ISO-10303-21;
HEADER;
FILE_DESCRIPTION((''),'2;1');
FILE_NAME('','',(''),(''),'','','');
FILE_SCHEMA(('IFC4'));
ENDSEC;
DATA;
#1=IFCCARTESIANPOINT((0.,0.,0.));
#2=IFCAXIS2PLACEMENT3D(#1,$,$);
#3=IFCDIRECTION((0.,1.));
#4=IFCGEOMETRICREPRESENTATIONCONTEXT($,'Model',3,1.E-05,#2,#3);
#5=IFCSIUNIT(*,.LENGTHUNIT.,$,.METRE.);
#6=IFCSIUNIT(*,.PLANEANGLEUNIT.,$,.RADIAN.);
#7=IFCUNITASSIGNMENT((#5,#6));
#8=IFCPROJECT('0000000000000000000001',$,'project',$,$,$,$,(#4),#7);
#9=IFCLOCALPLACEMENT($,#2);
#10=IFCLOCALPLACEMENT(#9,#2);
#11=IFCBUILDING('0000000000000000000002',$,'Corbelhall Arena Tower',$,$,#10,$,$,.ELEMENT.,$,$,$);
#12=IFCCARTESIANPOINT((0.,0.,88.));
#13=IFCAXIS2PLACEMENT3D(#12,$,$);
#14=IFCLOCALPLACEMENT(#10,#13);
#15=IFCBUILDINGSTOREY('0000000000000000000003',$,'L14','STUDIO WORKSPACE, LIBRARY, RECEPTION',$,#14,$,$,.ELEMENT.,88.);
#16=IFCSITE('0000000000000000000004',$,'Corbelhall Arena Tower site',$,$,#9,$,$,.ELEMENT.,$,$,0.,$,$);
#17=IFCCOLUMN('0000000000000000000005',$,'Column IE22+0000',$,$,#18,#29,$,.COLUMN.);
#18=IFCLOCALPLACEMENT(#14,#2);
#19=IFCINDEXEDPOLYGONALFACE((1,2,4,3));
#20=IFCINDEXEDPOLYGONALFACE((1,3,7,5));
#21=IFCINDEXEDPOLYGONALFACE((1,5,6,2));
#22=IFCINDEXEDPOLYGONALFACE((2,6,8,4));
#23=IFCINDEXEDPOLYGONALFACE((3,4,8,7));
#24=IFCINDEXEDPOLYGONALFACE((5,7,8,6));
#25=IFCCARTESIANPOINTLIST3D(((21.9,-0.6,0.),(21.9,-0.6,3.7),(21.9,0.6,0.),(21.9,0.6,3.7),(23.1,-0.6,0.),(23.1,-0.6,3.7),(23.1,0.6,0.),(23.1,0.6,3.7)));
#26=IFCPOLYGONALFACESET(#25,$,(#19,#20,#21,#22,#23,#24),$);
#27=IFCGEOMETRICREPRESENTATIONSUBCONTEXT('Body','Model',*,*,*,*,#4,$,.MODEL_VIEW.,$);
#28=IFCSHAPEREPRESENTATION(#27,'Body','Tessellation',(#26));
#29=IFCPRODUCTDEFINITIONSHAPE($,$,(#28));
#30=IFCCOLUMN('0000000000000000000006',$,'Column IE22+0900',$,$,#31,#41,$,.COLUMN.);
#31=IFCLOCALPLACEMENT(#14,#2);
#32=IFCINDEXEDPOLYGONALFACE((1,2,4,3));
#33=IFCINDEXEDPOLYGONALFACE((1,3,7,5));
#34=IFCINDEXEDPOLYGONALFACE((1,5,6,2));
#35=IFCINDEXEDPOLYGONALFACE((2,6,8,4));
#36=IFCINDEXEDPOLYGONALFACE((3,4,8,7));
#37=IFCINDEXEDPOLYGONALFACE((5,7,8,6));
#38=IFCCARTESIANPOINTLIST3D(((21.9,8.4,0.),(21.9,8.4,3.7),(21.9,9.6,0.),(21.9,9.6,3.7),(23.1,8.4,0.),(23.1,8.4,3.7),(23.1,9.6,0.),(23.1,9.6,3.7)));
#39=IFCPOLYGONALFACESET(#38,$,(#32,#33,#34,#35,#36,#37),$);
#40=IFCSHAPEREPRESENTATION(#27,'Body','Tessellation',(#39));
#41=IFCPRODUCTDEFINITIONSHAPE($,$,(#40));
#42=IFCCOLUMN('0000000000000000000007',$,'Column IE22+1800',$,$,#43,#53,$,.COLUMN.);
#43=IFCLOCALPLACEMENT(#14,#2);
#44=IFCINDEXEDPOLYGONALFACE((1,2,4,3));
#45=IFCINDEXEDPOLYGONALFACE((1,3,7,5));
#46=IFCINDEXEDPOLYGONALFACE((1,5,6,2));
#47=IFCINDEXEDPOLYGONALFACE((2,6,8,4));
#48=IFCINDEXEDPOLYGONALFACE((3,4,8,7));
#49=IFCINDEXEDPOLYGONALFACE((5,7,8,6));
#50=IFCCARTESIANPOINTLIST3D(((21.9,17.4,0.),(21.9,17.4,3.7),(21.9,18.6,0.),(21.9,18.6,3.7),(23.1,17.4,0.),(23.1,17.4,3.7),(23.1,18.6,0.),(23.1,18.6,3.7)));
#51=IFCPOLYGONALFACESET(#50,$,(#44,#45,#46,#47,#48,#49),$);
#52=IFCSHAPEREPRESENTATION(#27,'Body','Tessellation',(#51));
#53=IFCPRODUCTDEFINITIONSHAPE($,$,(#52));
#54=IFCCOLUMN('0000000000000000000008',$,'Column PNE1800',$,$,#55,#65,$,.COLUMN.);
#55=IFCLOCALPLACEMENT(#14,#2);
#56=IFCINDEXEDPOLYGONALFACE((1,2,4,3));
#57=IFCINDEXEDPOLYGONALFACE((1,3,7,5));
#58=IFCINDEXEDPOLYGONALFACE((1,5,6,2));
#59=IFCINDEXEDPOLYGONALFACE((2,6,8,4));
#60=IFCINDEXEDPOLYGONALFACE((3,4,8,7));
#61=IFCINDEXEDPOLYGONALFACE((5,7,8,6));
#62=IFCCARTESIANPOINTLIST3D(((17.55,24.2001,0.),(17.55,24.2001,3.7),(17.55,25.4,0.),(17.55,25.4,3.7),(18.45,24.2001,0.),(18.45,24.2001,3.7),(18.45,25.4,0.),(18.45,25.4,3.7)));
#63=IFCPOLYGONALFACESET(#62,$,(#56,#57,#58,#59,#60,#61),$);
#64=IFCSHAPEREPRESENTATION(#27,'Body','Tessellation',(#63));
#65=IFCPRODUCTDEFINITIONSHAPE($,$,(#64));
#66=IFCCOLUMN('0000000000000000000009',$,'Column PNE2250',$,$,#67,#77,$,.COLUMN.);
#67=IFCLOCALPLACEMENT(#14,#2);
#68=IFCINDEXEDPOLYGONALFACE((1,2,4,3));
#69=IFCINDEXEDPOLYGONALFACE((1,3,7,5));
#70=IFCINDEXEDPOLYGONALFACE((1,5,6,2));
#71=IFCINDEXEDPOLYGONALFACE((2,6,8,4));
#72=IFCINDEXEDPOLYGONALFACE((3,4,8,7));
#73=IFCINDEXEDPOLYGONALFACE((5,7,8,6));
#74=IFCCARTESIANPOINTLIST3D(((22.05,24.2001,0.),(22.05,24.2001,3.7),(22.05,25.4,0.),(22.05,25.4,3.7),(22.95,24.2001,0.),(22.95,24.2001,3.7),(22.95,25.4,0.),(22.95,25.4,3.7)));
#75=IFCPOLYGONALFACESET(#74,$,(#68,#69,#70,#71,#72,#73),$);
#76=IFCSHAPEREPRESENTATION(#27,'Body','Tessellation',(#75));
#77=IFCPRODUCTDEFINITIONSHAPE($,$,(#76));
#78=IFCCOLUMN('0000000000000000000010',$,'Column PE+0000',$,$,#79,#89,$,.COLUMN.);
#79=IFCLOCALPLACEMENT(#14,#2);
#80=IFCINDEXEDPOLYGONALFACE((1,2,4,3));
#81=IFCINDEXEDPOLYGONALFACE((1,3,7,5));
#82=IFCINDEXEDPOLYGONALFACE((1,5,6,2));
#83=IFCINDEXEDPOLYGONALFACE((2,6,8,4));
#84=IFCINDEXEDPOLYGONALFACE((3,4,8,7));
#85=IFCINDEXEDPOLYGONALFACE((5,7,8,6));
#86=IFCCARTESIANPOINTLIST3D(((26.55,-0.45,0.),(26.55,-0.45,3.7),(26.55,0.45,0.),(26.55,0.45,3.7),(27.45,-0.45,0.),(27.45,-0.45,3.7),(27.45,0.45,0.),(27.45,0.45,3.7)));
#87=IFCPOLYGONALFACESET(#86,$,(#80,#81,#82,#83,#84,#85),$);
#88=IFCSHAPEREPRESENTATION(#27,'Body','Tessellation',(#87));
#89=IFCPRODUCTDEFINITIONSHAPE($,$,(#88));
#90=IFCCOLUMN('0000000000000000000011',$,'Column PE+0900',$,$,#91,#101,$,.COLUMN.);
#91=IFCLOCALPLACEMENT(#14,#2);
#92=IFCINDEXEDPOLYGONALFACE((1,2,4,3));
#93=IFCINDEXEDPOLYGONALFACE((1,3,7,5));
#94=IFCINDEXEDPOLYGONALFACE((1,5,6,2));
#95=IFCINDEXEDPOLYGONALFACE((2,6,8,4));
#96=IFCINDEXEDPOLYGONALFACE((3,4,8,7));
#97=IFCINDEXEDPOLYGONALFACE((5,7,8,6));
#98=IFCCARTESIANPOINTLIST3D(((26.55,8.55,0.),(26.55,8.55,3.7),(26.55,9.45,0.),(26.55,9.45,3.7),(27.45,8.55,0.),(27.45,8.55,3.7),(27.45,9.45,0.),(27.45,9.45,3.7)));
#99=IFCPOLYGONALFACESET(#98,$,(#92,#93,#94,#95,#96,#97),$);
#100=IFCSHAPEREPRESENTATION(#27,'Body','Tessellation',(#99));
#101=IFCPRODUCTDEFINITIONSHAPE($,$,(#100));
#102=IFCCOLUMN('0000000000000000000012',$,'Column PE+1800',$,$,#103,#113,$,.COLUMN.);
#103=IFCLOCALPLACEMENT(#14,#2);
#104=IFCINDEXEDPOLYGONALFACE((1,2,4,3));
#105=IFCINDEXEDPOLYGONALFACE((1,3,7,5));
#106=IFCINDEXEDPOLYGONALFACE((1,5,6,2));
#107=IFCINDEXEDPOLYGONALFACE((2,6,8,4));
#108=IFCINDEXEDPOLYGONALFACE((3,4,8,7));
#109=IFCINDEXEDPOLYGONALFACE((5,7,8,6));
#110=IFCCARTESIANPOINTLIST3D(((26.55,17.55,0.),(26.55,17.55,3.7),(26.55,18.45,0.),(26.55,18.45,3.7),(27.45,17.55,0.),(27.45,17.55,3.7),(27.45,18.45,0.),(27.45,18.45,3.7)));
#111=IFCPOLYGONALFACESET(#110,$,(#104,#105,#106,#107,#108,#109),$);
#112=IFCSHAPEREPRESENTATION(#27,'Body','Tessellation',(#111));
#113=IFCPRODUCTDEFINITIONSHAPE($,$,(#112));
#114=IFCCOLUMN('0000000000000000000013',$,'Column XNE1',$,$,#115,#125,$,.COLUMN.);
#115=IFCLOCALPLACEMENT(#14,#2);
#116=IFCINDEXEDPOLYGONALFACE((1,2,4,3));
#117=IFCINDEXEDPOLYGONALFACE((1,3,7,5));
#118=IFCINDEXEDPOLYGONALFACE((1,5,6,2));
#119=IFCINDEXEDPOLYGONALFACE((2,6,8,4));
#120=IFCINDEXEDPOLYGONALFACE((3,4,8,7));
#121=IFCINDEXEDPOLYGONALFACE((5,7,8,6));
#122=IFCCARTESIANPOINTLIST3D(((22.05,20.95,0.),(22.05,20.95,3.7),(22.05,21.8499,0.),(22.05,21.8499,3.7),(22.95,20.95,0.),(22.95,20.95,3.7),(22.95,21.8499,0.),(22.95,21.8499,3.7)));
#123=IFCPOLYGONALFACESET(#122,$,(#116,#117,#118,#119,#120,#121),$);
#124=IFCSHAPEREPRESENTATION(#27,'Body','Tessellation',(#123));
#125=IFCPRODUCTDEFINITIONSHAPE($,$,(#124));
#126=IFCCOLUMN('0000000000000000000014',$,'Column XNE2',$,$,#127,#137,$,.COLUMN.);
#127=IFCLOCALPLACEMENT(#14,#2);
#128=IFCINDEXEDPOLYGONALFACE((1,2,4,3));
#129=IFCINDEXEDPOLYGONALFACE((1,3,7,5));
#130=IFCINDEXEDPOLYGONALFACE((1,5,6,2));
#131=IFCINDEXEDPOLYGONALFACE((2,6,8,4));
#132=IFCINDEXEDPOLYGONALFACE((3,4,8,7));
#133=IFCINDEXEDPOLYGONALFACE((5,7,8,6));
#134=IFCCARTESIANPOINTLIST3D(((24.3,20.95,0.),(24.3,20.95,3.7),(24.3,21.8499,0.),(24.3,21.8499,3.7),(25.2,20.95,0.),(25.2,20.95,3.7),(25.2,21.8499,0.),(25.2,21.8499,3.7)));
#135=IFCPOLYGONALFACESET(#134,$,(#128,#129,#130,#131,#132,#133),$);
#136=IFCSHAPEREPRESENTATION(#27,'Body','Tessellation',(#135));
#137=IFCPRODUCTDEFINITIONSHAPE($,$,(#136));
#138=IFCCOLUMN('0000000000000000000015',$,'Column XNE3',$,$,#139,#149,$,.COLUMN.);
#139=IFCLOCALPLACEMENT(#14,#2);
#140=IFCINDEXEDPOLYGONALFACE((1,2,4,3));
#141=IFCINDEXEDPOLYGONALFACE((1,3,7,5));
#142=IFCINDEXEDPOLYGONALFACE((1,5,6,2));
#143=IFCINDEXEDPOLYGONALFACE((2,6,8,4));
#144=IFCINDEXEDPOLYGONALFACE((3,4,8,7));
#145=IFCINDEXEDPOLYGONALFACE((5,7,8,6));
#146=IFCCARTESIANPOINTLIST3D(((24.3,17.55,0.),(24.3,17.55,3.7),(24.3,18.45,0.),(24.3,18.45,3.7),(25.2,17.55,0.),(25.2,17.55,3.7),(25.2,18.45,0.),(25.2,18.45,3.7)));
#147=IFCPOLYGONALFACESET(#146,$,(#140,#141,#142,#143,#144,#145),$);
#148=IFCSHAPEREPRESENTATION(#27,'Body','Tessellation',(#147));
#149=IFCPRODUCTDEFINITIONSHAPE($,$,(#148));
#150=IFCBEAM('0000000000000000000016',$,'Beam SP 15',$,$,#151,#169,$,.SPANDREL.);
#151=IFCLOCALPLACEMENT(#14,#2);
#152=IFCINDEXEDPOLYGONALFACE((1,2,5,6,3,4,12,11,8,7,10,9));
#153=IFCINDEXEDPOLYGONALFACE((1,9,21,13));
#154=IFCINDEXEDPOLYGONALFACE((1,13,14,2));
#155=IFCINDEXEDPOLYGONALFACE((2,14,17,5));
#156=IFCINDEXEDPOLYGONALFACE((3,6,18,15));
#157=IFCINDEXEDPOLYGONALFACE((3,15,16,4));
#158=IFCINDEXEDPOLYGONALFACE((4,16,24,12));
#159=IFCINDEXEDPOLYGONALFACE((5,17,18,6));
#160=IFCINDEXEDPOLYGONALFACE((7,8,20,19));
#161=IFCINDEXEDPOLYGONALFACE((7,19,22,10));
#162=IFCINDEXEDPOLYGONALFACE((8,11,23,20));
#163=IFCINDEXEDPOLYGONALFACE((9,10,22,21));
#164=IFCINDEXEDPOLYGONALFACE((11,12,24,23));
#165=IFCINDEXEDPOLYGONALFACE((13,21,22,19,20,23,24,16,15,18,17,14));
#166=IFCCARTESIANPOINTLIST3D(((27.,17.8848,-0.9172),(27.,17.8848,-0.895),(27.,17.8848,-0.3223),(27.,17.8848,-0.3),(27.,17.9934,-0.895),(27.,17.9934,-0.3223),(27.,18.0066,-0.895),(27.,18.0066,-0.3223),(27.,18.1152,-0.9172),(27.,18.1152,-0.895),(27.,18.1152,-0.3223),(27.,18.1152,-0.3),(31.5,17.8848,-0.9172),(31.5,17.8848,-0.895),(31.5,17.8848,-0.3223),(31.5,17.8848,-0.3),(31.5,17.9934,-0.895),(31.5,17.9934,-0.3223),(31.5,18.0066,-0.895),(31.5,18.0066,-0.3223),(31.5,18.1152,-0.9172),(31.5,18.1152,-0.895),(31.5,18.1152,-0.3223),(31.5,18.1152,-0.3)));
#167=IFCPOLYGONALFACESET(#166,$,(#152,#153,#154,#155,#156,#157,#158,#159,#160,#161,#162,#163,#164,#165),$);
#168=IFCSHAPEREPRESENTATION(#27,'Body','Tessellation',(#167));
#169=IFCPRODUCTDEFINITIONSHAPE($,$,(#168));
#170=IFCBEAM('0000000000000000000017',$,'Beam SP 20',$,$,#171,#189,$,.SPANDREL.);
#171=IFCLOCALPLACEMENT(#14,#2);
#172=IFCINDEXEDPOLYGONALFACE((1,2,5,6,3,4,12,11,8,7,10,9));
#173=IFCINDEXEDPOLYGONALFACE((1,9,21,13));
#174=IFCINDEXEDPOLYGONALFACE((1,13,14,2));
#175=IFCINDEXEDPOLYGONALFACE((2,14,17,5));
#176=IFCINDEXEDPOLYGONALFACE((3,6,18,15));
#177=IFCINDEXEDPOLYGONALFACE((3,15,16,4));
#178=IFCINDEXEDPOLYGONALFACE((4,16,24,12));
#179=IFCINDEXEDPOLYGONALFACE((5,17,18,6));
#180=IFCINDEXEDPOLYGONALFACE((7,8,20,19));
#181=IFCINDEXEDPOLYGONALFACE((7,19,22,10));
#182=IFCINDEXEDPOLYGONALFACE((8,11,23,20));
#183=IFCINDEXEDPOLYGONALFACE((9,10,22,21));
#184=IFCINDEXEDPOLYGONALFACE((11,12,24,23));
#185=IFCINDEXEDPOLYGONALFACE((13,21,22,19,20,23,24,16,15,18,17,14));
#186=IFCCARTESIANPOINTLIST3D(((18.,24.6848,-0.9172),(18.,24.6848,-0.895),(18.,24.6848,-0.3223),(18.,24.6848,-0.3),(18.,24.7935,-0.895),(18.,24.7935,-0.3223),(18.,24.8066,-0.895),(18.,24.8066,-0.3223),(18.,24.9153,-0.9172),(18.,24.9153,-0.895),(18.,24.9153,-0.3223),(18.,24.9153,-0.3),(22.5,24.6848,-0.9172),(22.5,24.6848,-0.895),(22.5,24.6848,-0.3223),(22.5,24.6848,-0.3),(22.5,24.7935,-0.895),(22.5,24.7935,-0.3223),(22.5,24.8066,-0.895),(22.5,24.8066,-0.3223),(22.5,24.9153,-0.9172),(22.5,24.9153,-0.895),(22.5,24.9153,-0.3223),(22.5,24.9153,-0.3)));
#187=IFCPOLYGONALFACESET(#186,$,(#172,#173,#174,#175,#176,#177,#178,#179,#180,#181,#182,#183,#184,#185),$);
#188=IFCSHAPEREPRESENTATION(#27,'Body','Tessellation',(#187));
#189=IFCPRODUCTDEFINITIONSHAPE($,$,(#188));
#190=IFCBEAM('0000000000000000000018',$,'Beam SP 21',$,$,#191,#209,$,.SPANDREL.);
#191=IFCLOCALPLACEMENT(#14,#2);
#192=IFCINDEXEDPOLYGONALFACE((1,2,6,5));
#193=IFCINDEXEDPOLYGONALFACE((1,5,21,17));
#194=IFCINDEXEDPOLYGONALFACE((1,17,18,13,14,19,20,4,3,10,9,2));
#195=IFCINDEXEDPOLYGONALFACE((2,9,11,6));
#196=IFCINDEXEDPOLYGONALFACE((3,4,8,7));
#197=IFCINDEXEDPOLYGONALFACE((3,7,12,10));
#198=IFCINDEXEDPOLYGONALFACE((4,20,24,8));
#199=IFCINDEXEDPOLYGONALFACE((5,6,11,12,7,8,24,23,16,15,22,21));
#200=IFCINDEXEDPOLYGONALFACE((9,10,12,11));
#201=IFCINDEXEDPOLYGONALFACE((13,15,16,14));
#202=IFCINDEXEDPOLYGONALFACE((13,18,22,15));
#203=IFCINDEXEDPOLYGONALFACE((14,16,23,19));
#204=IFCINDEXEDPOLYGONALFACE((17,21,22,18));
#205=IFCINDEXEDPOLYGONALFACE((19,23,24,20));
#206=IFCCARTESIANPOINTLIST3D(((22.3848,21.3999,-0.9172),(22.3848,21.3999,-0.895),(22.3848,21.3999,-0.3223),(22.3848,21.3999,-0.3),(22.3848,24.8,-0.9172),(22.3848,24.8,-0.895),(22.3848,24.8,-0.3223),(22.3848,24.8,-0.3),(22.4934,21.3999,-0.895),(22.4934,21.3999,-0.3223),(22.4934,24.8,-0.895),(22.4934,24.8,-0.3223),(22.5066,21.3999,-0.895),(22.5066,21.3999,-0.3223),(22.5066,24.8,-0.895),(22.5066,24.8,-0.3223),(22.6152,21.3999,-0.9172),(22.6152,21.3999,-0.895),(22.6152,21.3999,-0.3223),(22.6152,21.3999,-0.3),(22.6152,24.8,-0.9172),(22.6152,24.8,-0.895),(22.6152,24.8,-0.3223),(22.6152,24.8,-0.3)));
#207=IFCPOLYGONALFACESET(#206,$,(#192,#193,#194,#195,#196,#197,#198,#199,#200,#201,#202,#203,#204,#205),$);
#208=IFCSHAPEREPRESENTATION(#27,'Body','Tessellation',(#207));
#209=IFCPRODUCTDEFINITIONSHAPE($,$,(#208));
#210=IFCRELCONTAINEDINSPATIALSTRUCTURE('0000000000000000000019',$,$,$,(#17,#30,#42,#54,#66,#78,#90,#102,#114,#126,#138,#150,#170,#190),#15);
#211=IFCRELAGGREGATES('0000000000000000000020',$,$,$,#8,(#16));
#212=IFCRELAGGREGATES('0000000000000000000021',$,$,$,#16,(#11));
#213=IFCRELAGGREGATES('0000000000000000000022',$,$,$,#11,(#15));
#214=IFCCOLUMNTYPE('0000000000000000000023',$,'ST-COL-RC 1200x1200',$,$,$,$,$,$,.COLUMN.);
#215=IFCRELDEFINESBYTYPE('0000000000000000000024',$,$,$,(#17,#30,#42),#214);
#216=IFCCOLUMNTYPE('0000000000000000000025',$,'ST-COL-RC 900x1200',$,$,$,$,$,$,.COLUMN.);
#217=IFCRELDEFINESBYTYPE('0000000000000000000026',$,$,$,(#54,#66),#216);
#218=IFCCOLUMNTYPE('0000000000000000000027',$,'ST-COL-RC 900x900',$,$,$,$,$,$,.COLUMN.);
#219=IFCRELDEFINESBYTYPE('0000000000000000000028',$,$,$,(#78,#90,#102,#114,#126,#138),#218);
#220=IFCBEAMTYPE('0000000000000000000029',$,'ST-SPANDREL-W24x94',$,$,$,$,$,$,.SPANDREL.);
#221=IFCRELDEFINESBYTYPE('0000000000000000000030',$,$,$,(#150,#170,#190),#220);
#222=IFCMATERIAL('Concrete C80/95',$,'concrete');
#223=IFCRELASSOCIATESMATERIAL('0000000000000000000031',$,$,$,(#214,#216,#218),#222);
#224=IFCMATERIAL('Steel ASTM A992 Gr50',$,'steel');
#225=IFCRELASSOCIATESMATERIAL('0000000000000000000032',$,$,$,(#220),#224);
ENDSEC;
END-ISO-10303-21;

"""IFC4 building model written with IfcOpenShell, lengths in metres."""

from ifc_helpers import new_model, si_unit, direction, frame, origin, origin_2d, place, context, subcontext, project, spatial, rectangle, i_section, extrude, material, material_profile, profile_set, type_object, element, save


model = new_model("IFC4")

# Units and contexts
model_context = context("Model", 3, precision=1e-05, world=origin(), true_north=direction((0.0, 1.0)))
body_context = subcontext(model_context, "Body", "Model", "MODEL_VIEW")
ifc_project = project(units=[si_unit("LENGTHUNIT", "METRE"), si_unit("PLANEANGLEUNIT", "RADIAN")], contexts=[model_context])

# Site, building, storey
site_placement = place(None, origin())
site = spatial("IfcSite", under=ifc_project, at=site_placement, Name="Corbelhall Arena Tower site", CompositionType="ELEMENT", RefElevation=0.0)
building_placement = place(site_placement, origin())
building = spatial("IfcBuilding", under=site, at=building_placement, Name="Corbelhall Arena Tower", CompositionType="ELEMENT")
storey_placement = place(building_placement, frame((0.0, 0.0, 88.0)))
storey = spatial("IfcBuildingStorey", under=building, at=storey_placement, Name="L14", Description="STUDIO WORKSPACE, LIBRARY, RECEPTION", CompositionType="ELEMENT", Elevation=88.0)

# Columns
ifc_material_1 = material(Name="Concrete C80/95", Category="concrete")
ifc_material_profile_1 = material_profile(ifc_material_1, rectangle(XDim=1.2, YDim=1.2, at=origin_2d()))
ifc_profile_set_1 = profile_set([ifc_material_profile_1], Name="Concrete C80/95")
column_type_1 = type_object("IfcColumnType", Name="ST-COL-RC 1200x1200", PredefinedType="COLUMN", material=ifc_profile_set_1)
for number, where, z_axis, x_axis, name in (
    (1, (22.5, 0.0, 0.0), (0.0, 0.0, 1.0), (1.0, 0.0, 0.0), "Column IE22+0000"),
    (2, (22.5, 9.0, 0.0), (0.0, 0.0, 1.0), (1.0, 0.0, 0.0), "Column IE22+0900"),
    (3, (22.5, 18.0, 0.0), (0.0, 0.0, 1.0), (1.0, 0.0, 0.0), "Column IE22+1800"),
):
    element("IfcColumn", number, at=place(storey_placement, frame(where, z_axis=z_axis, x_axis=x_axis)), inside=storey, type_object=column_type_1, Name=name, PredefinedType="COLUMN", context=body_context, shape_type="SweptSolid", body=[
        extrude(rectangle(XDim=1.2, YDim=1.2, at=origin_2d()), origin(), (0.0, 0.0, 1.0), 3.7),
    ])
ifc_material_profile_2 = material_profile(ifc_material_1, rectangle(XDim=0.8999, YDim=1.2, at=origin_2d()))
ifc_profile_set_2 = profile_set([ifc_material_profile_2], Name="Concrete C80/95")
column_type_2 = type_object("IfcColumnType", Name="ST-COL-RC 900x1200", PredefinedType="COLUMN", material=ifc_profile_set_2)
for number, where, z_axis, x_axis, name in (
    (4, (18.0, 24.8, 0.0), (0.0, 0.0, 1.0), (1.0, 0.0, 0.0), "Column PNE1800"),
    (5, (22.5, 24.8, 0.0), (0.0, 0.0, 1.0), (1.0, 0.0, 0.0), "Column PNE2250"),
):
    element("IfcColumn", number, at=place(storey_placement, frame(where, z_axis=z_axis, x_axis=x_axis)), inside=storey, type_object=column_type_2, Name=name, PredefinedType="COLUMN", context=body_context, shape_type="SweptSolid", body=[
        extrude(rectangle(XDim=0.8999, YDim=1.2, at=origin_2d()), origin(), (0.0, 0.0, 1.0), 3.7),
    ])
ifc_material_profile_3 = material_profile(ifc_material_1, rectangle(XDim=0.8999, YDim=0.8999, at=origin_2d()))
ifc_profile_set_3 = profile_set([ifc_material_profile_3], Name="Concrete C80/95")
column_type_3 = type_object("IfcColumnType", Name="ST-COL-RC 900x900", PredefinedType="COLUMN", material=ifc_profile_set_3)
for number, where, z_axis, x_axis, name in (
    (6, (27.0, 0.0, 0.0), (0.0, 0.0, 1.0), (1.0, 0.0, 0.0), "Column PE+0000"),
    (7, (27.0, 9.0, 0.0), (0.0, 0.0, 1.0), (1.0, 0.0, 0.0), "Column PE+0900"),
    (8, (27.0, 18.0, 0.0), (0.0, 0.0, 1.0), (1.0, 0.0, 0.0), "Column PE+1800"),
    (9, (22.5, 21.3999, 0.0), (0.0, 0.0, 1.0), (1.0, 0.0, 0.0), "Column XNE1"),
    (10, (24.75, 21.3999, 0.0), (0.0, 0.0, 1.0), (1.0, 0.0, 0.0), "Column XNE2"),
    (11, (24.75, 18.0, 0.0), (0.0, 0.0, 1.0), (1.0, 0.0, 0.0), "Column XNE3"),
):
    element("IfcColumn", number, at=place(storey_placement, frame(where, z_axis=z_axis, x_axis=x_axis)), inside=storey, type_object=column_type_3, Name=name, PredefinedType="COLUMN", context=body_context, shape_type="SweptSolid", body=[
        extrude(rectangle(XDim=0.8999, YDim=0.8999, at=origin_2d()), origin(), (0.0, 0.0, 1.0), 3.7),
    ])

# Beams
ifc_material_2 = material(Name="Steel ASTM A992 Gr50", Category="steel")
ifc_material_profile_4 = material_profile(ifc_material_2, i_section(OverallWidth=0.2305, OverallDepth=0.6172, WebThickness=0.0132, FlangeThickness=0.0222, at=origin_2d()))
ifc_profile_set_4 = profile_set([ifc_material_profile_4], Name="Steel ASTM A992 Gr50")
beam_type = type_object("IfcBeamType", Name="ST-SPANDREL-W24x94", PredefinedType="SPANDREL", material=ifc_profile_set_4)
for number, where, z_axis, x_axis, name in (
    (12, (27.0, 18.0, -0.6086), (1.0, 0.0, 0.0), (0.0, 1.0, 0.0), "Beam SP 15"),
    (13, (18.0, 24.8, -0.6086), (1.0, 0.0, 0.0), (0.0, 1.0, 0.0), "Beam SP 20"),
):
    element("IfcBeam", number, at=place(storey_placement, frame(where, z_axis=z_axis, x_axis=x_axis)), inside=storey, type_object=beam_type, Name=name, PredefinedType="SPANDREL", context=body_context, shape_type="SweptSolid", body=[
        extrude(i_section(OverallWidth=0.2305, OverallDepth=0.6172, WebThickness=0.0132, FlangeThickness=0.0222, at=origin_2d()), origin(), (0.0, 0.0, 1.0), 4.5),
    ])
beam_1_placement = place(storey_placement, frame((22.5, 24.8, -0.6086), z_axis=(0.0, -1.0, 0.0), x_axis=(1.0, 0.0, 0.0)))
element("IfcBeam", 14, at=beam_1_placement, inside=storey, type_object=beam_type, Name="Beam SP 21", PredefinedType="SPANDREL", context=body_context, shape_type="SweptSolid", body=[
    extrude(i_section(OverallWidth=0.2305, OverallDepth=0.6172, WebThickness=0.0132, FlangeThickness=0.0222, at=origin_2d()), origin(), (0.0, 0.0, 1.0), 3.4001),
])

save(model, "model.ifc")
